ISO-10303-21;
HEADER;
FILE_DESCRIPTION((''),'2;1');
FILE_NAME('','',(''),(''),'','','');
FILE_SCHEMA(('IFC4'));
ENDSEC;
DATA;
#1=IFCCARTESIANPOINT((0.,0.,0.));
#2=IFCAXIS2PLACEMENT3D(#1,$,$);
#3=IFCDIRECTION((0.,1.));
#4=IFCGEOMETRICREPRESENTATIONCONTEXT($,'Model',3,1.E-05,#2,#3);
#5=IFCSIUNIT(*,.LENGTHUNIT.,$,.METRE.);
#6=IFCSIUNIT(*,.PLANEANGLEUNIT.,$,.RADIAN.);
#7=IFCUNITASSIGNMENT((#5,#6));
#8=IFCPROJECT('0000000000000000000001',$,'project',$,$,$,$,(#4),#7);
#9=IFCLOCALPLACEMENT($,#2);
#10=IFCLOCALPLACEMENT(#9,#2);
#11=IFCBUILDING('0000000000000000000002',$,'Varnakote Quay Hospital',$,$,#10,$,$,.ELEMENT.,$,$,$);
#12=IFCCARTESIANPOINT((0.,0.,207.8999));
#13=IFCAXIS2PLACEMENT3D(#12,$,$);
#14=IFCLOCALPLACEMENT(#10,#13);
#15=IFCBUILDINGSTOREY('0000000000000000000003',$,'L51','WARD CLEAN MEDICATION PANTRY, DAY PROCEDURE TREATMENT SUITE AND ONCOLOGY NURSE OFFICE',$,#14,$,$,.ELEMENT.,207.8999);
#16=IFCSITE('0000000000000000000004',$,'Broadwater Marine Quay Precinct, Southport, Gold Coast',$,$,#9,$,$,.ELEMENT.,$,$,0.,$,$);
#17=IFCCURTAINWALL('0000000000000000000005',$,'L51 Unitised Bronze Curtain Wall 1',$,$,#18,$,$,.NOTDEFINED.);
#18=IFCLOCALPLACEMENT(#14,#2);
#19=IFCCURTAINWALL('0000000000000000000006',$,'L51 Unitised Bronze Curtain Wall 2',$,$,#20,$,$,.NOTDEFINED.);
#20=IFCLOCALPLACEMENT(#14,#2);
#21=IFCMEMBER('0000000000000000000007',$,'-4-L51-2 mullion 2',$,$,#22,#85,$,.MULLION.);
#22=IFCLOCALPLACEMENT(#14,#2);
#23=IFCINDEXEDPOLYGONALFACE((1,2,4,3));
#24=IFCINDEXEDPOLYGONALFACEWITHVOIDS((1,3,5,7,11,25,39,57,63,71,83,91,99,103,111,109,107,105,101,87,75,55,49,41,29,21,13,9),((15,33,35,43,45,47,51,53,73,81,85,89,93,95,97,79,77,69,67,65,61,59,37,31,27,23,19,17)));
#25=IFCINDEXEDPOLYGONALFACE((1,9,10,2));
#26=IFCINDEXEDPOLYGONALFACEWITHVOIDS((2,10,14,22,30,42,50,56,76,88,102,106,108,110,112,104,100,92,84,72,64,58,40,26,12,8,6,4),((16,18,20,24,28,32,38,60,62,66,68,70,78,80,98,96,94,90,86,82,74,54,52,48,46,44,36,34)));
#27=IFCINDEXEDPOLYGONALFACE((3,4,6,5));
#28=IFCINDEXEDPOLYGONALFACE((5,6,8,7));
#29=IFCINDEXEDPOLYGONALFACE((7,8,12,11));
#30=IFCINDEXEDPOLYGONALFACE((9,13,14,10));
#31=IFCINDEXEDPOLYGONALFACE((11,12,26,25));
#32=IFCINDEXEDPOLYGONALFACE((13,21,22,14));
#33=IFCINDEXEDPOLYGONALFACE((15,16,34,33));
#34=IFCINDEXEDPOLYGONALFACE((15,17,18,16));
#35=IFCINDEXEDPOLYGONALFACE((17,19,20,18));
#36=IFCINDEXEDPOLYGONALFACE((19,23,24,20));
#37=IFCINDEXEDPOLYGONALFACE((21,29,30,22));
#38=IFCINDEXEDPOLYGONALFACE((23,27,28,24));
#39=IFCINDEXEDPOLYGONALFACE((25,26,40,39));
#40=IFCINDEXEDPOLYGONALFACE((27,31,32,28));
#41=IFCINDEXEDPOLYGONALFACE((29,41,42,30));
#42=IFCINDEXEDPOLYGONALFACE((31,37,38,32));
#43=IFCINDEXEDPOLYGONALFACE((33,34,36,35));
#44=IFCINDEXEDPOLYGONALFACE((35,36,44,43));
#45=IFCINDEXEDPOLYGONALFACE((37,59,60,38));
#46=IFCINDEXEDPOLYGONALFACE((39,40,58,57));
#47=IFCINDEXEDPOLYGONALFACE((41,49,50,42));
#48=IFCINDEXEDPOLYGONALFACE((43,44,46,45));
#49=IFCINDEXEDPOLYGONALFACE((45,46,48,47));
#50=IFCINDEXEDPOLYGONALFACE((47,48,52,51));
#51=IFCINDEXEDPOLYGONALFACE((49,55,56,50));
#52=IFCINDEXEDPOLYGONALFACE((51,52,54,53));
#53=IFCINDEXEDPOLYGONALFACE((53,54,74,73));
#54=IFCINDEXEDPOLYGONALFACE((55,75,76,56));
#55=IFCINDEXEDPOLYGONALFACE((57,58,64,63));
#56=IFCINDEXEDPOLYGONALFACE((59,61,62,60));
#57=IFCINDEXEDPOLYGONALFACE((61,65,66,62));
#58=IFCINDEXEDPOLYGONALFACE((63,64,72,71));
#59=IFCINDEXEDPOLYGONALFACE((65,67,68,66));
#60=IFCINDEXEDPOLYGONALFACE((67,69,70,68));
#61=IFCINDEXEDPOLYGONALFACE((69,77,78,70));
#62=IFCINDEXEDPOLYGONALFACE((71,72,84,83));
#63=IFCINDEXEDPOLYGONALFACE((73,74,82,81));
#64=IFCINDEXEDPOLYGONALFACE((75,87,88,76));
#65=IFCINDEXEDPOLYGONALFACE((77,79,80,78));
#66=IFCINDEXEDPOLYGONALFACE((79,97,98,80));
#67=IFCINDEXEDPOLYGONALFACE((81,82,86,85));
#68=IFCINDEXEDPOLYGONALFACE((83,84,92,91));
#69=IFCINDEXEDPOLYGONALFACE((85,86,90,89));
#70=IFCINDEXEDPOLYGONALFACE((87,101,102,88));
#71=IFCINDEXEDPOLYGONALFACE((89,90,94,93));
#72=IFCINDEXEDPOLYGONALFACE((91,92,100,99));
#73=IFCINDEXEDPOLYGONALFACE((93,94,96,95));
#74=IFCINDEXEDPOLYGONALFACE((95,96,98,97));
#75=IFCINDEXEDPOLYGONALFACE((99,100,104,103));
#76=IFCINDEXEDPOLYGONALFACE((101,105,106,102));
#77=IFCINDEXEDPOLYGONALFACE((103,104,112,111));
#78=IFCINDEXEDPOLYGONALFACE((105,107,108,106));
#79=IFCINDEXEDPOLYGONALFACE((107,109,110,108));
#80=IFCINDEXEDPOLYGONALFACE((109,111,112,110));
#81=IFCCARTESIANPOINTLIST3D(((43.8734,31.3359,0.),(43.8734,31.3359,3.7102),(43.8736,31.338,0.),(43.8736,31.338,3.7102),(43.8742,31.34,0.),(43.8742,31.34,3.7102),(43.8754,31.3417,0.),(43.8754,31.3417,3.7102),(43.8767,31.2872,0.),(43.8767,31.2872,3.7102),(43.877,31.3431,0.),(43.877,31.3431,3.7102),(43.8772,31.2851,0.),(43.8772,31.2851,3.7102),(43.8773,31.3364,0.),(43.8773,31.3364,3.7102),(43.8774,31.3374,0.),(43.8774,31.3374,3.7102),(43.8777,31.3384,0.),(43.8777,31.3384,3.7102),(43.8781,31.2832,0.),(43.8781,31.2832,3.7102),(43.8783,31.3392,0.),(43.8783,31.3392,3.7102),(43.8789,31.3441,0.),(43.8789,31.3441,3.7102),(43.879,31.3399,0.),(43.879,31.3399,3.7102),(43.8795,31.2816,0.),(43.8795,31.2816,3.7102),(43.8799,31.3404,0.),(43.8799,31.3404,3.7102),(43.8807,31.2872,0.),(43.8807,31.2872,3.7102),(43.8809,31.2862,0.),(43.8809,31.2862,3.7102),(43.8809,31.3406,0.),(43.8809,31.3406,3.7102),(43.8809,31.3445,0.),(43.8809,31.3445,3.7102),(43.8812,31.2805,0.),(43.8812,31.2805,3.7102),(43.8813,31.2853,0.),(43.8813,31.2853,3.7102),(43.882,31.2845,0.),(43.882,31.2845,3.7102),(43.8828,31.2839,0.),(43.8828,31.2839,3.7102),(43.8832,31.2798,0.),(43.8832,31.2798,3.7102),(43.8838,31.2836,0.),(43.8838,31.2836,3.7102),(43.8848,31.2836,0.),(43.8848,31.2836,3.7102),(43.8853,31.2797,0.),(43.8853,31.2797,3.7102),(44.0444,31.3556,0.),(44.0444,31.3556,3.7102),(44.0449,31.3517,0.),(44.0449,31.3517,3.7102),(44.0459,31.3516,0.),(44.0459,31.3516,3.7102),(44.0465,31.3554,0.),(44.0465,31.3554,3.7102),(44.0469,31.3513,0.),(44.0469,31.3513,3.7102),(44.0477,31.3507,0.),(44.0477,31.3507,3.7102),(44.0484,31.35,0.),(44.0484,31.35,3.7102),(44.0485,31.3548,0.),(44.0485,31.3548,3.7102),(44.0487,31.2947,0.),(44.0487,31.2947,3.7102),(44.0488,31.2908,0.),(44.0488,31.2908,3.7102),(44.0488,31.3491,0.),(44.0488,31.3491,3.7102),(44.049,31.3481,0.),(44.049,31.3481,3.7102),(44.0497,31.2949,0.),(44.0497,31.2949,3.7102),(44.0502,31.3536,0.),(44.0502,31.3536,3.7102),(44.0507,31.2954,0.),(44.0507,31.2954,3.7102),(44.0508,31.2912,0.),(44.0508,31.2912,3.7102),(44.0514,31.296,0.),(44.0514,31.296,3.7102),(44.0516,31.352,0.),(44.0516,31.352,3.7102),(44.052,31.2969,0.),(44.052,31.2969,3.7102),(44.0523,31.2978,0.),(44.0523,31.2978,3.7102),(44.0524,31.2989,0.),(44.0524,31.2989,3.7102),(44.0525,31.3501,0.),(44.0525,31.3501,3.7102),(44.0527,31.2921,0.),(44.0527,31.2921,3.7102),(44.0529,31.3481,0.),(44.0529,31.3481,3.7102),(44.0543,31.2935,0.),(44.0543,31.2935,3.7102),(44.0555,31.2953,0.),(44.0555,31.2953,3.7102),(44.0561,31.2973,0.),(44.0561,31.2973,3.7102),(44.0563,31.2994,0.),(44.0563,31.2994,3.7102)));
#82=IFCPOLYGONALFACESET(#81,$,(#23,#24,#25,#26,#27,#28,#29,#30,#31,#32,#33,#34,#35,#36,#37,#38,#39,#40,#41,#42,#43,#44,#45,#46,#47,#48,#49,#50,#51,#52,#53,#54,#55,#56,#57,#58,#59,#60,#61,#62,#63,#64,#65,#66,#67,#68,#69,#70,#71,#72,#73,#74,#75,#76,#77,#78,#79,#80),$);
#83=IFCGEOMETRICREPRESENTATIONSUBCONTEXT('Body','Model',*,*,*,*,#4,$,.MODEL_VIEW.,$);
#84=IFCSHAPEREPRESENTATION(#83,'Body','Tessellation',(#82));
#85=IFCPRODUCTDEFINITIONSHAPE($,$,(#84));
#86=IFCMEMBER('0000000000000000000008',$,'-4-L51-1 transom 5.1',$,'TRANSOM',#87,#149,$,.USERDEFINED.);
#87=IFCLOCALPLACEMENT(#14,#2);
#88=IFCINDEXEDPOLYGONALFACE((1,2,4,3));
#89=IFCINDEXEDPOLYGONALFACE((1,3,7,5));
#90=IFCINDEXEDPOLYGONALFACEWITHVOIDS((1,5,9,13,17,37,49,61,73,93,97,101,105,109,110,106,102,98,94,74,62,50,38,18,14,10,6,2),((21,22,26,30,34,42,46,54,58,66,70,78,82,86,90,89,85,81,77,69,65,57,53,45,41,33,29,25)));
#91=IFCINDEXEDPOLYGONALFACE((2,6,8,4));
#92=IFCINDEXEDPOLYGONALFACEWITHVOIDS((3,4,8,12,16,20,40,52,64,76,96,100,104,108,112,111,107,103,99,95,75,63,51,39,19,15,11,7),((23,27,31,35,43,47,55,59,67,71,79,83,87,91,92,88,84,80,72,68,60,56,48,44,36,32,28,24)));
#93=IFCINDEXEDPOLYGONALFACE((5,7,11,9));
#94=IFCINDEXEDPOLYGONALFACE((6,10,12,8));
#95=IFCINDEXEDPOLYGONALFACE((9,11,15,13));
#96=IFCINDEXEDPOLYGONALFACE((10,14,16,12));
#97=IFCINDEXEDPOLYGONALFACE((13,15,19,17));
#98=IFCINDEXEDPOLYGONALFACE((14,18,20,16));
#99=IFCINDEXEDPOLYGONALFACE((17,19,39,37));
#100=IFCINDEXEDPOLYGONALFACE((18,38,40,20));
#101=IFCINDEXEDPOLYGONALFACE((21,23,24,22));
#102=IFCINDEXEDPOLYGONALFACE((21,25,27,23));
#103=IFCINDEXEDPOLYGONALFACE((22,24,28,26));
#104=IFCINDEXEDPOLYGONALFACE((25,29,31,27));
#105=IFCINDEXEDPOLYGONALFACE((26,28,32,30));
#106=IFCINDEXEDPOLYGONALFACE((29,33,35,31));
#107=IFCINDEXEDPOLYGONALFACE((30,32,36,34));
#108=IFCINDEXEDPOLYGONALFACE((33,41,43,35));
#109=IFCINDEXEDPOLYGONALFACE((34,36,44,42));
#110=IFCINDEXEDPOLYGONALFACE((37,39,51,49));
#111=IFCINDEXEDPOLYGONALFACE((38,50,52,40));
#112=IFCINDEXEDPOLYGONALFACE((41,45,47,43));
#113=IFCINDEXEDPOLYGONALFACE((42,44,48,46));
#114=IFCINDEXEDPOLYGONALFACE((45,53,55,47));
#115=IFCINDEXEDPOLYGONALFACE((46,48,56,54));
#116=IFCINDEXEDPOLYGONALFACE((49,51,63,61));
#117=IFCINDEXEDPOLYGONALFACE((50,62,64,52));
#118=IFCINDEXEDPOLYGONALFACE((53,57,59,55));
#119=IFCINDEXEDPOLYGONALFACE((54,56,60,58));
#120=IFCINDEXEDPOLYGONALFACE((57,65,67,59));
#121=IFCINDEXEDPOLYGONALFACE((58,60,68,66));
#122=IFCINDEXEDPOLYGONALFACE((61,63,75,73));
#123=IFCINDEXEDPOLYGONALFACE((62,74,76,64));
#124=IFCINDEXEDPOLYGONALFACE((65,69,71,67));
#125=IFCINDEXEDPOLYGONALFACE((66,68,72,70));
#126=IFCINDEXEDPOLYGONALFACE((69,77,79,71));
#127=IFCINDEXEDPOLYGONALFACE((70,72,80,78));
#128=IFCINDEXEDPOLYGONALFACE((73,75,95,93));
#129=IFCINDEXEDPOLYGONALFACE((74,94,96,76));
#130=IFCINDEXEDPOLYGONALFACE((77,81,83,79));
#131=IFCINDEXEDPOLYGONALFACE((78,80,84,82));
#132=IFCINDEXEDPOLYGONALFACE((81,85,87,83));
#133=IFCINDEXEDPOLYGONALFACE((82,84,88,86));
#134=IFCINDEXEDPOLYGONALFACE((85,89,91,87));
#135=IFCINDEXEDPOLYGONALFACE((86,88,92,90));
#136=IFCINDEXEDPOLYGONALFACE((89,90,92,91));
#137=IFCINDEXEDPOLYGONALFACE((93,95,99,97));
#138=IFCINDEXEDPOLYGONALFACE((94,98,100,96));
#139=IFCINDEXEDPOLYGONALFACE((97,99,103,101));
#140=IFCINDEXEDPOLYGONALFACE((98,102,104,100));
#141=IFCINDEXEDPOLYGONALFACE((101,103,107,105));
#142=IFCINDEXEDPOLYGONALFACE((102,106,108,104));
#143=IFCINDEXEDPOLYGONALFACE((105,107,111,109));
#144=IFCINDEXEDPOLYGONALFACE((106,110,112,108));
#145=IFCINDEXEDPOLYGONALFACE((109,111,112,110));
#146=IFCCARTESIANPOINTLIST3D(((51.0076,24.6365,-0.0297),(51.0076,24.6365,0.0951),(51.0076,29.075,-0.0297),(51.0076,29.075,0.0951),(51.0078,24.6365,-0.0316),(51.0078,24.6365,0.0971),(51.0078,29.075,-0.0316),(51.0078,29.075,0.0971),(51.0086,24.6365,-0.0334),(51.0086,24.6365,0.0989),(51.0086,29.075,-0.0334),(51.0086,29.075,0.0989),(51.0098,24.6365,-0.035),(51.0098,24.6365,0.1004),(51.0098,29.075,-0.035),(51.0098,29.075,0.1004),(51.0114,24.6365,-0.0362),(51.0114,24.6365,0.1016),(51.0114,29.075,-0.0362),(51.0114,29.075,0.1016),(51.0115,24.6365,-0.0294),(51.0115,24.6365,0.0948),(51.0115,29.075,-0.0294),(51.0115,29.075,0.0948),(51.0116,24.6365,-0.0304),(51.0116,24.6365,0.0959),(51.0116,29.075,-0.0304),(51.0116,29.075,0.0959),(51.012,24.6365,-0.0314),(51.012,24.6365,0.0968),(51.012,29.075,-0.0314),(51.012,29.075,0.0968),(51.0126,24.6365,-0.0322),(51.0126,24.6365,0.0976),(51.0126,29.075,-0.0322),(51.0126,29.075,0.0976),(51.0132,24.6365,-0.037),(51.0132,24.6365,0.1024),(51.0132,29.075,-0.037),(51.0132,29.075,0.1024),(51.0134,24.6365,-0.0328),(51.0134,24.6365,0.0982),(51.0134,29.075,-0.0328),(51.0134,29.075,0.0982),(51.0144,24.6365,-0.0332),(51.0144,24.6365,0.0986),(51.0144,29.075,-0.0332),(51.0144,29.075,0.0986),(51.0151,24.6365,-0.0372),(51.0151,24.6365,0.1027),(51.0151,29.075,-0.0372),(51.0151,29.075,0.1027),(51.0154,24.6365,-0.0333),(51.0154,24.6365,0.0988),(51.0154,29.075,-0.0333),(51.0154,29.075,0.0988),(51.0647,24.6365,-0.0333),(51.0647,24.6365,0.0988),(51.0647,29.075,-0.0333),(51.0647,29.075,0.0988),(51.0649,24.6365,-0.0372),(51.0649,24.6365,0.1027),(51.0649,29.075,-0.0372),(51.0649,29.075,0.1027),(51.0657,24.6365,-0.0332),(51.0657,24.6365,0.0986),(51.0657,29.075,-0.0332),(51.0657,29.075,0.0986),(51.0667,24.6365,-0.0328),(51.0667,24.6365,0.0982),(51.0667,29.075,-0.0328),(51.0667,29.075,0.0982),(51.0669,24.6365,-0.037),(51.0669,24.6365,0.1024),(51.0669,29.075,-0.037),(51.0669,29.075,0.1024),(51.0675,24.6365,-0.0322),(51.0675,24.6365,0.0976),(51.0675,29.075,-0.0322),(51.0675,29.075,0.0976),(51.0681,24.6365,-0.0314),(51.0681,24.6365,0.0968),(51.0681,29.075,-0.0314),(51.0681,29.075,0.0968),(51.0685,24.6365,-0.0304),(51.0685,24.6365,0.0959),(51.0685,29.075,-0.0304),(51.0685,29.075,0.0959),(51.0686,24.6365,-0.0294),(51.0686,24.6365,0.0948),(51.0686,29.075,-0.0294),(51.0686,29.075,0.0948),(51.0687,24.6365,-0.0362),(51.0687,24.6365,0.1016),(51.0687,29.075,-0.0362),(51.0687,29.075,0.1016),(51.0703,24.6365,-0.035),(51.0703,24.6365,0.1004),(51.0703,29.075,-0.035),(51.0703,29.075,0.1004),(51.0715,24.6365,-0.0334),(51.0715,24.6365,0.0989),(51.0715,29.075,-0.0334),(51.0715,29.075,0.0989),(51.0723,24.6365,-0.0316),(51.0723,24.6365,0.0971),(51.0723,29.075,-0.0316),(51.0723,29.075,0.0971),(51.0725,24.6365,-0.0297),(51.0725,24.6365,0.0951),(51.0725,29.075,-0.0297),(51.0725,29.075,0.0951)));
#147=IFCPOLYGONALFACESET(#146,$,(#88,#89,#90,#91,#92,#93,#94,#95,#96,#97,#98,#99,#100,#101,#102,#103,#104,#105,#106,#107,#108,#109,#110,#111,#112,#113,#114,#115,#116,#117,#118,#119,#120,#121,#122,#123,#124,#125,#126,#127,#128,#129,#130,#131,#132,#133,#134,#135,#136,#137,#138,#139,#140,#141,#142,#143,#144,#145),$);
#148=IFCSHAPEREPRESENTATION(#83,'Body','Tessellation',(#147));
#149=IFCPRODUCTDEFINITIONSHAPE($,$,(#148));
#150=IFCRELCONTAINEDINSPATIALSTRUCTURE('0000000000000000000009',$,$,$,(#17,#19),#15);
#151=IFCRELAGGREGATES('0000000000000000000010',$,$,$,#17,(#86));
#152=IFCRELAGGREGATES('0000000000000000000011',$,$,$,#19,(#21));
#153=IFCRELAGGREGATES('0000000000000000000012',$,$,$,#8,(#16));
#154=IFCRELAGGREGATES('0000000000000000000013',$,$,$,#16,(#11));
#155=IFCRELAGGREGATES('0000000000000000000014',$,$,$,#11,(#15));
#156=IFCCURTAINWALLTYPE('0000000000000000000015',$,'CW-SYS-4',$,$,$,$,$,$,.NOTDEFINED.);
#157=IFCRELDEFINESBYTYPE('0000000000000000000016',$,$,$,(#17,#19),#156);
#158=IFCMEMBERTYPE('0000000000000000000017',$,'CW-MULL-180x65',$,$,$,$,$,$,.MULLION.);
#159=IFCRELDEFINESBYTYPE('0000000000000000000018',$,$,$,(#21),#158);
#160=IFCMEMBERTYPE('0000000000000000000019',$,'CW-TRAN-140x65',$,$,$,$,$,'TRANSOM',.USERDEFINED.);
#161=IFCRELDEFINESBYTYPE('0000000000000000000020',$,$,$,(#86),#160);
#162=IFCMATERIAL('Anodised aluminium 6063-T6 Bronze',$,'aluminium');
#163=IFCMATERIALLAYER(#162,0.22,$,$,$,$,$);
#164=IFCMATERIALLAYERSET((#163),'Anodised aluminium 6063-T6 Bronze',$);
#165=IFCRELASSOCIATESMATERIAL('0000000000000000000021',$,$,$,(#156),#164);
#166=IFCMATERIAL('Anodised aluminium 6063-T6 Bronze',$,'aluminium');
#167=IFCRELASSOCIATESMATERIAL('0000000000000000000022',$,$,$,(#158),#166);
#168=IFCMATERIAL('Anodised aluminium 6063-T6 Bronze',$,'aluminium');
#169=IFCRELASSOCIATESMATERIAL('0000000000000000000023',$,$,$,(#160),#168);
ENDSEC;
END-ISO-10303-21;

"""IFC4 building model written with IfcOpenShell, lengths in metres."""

from ifc_helpers import new_model, si_unit, direction, frame, origin, origin_2d, place, context, subcontext, project, spatial, hollow_rectangle, extrude, material, layer, layer_set, material_profile, profile_set, type_object, element, aggregate, save


model = new_model("IFC4")

# Units and contexts
model_context = context("Model", 3, precision=1e-05, world=origin(), true_north=direction((0.0, 1.0)))
body_context = subcontext(model_context, "Body", "Model", "MODEL_VIEW")
ifc_project = project(units=[si_unit("LENGTHUNIT", "METRE"), si_unit("PLANEANGLEUNIT", "RADIAN")], contexts=[model_context])

# Site, building, storey
site_placement = place(None, origin())
site = spatial("IfcSite", under=ifc_project, at=site_placement, Name="Broadwater Marine Quay Precinct, Southport, Gold Coast", CompositionType="ELEMENT", RefElevation=0.0)
building_placement = place(site_placement, origin())
building = spatial("IfcBuilding", under=site, at=building_placement, Name="Varnakote Quay Hospital", CompositionType="ELEMENT")
storey_placement = place(building_placement, frame((0.0, 0.0, 207.8999)))
storey = spatial("IfcBuildingStorey", under=building, at=storey_placement, Name="L51", Description="WARD CLEAN MEDICATION PANTRY, DAY PROCEDURE TREATMENT SUITE AND ONCOLOGY NURSE OFFICE", CompositionType="ELEMENT", Elevation=207.8999)

# Curtain walls, member
ifc_material_1 = material(Name="Anodised aluminium 6063-T6 Bronze", Category="aluminium")
ifc_layer_1 = layer(ifc_material_1, 0.22)
ifc_layer_set_1 = layer_set([ifc_layer_1], Name="Anodised aluminium 6063-T6 Bronze")
curtain_wall_type = type_object("IfcCurtainWallType", Name="CW-SYS-4", PredefinedType="NOTDEFINED", material=ifc_layer_set_1)
curtain_wall_1_placement = place(storey_placement, origin())
curtain_wall_1 = element("IfcCurtainWall", 1, at=curtain_wall_1_placement, inside=storey, type_object=curtain_wall_type, Name="L51 Unitised Bronze Curtain Wall 1", PredefinedType="NOTDEFINED")
ifc_material_2 = material(Name="Anodised aluminium 6063-T6 Bronze", Category="aluminium")
ifc_material_profile_1 = material_profile(ifc_material_2, hollow_rectangle(XDim=0.0649, YDim=0.1799, WallThickness=0.0039, InnerFilletRadius=0.0039, OuterFilletRadius=0.0081, at=origin_2d()), Name="CW-MULL-180x65")
ifc_profile_set_1 = profile_set([ifc_material_profile_1], Name="Anodised aluminium 6063-T6 Bronze")
member_type_1 = type_object("IfcMemberType", Name="CW-MULL-180x65", PredefinedType="MULLION", material=ifc_profile_set_1)
curtain_wall_2_placement = place(storey_placement, origin())
curtain_wall_2 = element("IfcCurtainWall", 2, at=curtain_wall_2_placement, inside=storey, type_object=curtain_wall_type, Name="L51 Unitised Bronze Curtain Wall 2", PredefinedType="NOTDEFINED")
member_1_placement = place(storey_placement, frame((43.9648, 31.3176, 0.0), z_axis=(0.0, 0.0, 1.0), x_axis=(0.067842, -0.997696, 0.0)))
member_1 = element("IfcMember", 3, at=member_1_placement, type_object=member_type_1, Name="-4-L51-2 mullion 2", PredefinedType="MULLION", context=body_context, shape_type="SweptSolid", body=[
    extrude(hollow_rectangle(XDim=0.0649, YDim=0.1799, WallThickness=0.0039, InnerFilletRadius=0.0039, OuterFilletRadius=0.0081, at=origin_2d()), origin(), (0.0, 0.0, 1.0), 3.7102),
])

# Member
ifc_material_3 = material(Name="Anodised aluminium 6063-T6 Bronze", Category="aluminium")
ifc_material_profile_2 = material_profile(ifc_material_3, hollow_rectangle(XDim=0.0649, YDim=0.1399, WallThickness=0.0039, InnerFilletRadius=0.0039, OuterFilletRadius=0.0076, at=origin_2d()), Name="CW-TRAN-140x65")
ifc_profile_set_2 = profile_set([ifc_material_profile_2], Name="Anodised aluminium 6063-T6 Bronze")
member_type_2 = type_object("IfcMemberType", Name="CW-TRAN-140x65", ElementType="TRANSOM", PredefinedType="USERDEFINED", material=ifc_profile_set_2)
member_2_placement = place(storey_placement, frame((51.04, 24.6365, 0.0327), z_axis=(0.0, 1.0, 0.0), x_axis=(-1.0, 0.0, 0.0)))
member_2 = element("IfcMember", 4, at=member_2_placement, type_object=member_type_2, Name="-4-L51-1 transom 5.1", ObjectType="TRANSOM", PredefinedType="USERDEFINED", context=body_context, shape_type="SweptSolid", body=[
    extrude(hollow_rectangle(XDim=0.0649, YDim=0.1399, WallThickness=0.0039, InnerFilletRadius=0.0039, OuterFilletRadius=0.0076, at=origin_2d()), origin(), (0.0, 0.0, 1.0), 4.4385),
])

aggregate(curtain_wall_1, [member_2])
aggregate(curtain_wall_2, [member_1])

save(model, "model.ifc")
